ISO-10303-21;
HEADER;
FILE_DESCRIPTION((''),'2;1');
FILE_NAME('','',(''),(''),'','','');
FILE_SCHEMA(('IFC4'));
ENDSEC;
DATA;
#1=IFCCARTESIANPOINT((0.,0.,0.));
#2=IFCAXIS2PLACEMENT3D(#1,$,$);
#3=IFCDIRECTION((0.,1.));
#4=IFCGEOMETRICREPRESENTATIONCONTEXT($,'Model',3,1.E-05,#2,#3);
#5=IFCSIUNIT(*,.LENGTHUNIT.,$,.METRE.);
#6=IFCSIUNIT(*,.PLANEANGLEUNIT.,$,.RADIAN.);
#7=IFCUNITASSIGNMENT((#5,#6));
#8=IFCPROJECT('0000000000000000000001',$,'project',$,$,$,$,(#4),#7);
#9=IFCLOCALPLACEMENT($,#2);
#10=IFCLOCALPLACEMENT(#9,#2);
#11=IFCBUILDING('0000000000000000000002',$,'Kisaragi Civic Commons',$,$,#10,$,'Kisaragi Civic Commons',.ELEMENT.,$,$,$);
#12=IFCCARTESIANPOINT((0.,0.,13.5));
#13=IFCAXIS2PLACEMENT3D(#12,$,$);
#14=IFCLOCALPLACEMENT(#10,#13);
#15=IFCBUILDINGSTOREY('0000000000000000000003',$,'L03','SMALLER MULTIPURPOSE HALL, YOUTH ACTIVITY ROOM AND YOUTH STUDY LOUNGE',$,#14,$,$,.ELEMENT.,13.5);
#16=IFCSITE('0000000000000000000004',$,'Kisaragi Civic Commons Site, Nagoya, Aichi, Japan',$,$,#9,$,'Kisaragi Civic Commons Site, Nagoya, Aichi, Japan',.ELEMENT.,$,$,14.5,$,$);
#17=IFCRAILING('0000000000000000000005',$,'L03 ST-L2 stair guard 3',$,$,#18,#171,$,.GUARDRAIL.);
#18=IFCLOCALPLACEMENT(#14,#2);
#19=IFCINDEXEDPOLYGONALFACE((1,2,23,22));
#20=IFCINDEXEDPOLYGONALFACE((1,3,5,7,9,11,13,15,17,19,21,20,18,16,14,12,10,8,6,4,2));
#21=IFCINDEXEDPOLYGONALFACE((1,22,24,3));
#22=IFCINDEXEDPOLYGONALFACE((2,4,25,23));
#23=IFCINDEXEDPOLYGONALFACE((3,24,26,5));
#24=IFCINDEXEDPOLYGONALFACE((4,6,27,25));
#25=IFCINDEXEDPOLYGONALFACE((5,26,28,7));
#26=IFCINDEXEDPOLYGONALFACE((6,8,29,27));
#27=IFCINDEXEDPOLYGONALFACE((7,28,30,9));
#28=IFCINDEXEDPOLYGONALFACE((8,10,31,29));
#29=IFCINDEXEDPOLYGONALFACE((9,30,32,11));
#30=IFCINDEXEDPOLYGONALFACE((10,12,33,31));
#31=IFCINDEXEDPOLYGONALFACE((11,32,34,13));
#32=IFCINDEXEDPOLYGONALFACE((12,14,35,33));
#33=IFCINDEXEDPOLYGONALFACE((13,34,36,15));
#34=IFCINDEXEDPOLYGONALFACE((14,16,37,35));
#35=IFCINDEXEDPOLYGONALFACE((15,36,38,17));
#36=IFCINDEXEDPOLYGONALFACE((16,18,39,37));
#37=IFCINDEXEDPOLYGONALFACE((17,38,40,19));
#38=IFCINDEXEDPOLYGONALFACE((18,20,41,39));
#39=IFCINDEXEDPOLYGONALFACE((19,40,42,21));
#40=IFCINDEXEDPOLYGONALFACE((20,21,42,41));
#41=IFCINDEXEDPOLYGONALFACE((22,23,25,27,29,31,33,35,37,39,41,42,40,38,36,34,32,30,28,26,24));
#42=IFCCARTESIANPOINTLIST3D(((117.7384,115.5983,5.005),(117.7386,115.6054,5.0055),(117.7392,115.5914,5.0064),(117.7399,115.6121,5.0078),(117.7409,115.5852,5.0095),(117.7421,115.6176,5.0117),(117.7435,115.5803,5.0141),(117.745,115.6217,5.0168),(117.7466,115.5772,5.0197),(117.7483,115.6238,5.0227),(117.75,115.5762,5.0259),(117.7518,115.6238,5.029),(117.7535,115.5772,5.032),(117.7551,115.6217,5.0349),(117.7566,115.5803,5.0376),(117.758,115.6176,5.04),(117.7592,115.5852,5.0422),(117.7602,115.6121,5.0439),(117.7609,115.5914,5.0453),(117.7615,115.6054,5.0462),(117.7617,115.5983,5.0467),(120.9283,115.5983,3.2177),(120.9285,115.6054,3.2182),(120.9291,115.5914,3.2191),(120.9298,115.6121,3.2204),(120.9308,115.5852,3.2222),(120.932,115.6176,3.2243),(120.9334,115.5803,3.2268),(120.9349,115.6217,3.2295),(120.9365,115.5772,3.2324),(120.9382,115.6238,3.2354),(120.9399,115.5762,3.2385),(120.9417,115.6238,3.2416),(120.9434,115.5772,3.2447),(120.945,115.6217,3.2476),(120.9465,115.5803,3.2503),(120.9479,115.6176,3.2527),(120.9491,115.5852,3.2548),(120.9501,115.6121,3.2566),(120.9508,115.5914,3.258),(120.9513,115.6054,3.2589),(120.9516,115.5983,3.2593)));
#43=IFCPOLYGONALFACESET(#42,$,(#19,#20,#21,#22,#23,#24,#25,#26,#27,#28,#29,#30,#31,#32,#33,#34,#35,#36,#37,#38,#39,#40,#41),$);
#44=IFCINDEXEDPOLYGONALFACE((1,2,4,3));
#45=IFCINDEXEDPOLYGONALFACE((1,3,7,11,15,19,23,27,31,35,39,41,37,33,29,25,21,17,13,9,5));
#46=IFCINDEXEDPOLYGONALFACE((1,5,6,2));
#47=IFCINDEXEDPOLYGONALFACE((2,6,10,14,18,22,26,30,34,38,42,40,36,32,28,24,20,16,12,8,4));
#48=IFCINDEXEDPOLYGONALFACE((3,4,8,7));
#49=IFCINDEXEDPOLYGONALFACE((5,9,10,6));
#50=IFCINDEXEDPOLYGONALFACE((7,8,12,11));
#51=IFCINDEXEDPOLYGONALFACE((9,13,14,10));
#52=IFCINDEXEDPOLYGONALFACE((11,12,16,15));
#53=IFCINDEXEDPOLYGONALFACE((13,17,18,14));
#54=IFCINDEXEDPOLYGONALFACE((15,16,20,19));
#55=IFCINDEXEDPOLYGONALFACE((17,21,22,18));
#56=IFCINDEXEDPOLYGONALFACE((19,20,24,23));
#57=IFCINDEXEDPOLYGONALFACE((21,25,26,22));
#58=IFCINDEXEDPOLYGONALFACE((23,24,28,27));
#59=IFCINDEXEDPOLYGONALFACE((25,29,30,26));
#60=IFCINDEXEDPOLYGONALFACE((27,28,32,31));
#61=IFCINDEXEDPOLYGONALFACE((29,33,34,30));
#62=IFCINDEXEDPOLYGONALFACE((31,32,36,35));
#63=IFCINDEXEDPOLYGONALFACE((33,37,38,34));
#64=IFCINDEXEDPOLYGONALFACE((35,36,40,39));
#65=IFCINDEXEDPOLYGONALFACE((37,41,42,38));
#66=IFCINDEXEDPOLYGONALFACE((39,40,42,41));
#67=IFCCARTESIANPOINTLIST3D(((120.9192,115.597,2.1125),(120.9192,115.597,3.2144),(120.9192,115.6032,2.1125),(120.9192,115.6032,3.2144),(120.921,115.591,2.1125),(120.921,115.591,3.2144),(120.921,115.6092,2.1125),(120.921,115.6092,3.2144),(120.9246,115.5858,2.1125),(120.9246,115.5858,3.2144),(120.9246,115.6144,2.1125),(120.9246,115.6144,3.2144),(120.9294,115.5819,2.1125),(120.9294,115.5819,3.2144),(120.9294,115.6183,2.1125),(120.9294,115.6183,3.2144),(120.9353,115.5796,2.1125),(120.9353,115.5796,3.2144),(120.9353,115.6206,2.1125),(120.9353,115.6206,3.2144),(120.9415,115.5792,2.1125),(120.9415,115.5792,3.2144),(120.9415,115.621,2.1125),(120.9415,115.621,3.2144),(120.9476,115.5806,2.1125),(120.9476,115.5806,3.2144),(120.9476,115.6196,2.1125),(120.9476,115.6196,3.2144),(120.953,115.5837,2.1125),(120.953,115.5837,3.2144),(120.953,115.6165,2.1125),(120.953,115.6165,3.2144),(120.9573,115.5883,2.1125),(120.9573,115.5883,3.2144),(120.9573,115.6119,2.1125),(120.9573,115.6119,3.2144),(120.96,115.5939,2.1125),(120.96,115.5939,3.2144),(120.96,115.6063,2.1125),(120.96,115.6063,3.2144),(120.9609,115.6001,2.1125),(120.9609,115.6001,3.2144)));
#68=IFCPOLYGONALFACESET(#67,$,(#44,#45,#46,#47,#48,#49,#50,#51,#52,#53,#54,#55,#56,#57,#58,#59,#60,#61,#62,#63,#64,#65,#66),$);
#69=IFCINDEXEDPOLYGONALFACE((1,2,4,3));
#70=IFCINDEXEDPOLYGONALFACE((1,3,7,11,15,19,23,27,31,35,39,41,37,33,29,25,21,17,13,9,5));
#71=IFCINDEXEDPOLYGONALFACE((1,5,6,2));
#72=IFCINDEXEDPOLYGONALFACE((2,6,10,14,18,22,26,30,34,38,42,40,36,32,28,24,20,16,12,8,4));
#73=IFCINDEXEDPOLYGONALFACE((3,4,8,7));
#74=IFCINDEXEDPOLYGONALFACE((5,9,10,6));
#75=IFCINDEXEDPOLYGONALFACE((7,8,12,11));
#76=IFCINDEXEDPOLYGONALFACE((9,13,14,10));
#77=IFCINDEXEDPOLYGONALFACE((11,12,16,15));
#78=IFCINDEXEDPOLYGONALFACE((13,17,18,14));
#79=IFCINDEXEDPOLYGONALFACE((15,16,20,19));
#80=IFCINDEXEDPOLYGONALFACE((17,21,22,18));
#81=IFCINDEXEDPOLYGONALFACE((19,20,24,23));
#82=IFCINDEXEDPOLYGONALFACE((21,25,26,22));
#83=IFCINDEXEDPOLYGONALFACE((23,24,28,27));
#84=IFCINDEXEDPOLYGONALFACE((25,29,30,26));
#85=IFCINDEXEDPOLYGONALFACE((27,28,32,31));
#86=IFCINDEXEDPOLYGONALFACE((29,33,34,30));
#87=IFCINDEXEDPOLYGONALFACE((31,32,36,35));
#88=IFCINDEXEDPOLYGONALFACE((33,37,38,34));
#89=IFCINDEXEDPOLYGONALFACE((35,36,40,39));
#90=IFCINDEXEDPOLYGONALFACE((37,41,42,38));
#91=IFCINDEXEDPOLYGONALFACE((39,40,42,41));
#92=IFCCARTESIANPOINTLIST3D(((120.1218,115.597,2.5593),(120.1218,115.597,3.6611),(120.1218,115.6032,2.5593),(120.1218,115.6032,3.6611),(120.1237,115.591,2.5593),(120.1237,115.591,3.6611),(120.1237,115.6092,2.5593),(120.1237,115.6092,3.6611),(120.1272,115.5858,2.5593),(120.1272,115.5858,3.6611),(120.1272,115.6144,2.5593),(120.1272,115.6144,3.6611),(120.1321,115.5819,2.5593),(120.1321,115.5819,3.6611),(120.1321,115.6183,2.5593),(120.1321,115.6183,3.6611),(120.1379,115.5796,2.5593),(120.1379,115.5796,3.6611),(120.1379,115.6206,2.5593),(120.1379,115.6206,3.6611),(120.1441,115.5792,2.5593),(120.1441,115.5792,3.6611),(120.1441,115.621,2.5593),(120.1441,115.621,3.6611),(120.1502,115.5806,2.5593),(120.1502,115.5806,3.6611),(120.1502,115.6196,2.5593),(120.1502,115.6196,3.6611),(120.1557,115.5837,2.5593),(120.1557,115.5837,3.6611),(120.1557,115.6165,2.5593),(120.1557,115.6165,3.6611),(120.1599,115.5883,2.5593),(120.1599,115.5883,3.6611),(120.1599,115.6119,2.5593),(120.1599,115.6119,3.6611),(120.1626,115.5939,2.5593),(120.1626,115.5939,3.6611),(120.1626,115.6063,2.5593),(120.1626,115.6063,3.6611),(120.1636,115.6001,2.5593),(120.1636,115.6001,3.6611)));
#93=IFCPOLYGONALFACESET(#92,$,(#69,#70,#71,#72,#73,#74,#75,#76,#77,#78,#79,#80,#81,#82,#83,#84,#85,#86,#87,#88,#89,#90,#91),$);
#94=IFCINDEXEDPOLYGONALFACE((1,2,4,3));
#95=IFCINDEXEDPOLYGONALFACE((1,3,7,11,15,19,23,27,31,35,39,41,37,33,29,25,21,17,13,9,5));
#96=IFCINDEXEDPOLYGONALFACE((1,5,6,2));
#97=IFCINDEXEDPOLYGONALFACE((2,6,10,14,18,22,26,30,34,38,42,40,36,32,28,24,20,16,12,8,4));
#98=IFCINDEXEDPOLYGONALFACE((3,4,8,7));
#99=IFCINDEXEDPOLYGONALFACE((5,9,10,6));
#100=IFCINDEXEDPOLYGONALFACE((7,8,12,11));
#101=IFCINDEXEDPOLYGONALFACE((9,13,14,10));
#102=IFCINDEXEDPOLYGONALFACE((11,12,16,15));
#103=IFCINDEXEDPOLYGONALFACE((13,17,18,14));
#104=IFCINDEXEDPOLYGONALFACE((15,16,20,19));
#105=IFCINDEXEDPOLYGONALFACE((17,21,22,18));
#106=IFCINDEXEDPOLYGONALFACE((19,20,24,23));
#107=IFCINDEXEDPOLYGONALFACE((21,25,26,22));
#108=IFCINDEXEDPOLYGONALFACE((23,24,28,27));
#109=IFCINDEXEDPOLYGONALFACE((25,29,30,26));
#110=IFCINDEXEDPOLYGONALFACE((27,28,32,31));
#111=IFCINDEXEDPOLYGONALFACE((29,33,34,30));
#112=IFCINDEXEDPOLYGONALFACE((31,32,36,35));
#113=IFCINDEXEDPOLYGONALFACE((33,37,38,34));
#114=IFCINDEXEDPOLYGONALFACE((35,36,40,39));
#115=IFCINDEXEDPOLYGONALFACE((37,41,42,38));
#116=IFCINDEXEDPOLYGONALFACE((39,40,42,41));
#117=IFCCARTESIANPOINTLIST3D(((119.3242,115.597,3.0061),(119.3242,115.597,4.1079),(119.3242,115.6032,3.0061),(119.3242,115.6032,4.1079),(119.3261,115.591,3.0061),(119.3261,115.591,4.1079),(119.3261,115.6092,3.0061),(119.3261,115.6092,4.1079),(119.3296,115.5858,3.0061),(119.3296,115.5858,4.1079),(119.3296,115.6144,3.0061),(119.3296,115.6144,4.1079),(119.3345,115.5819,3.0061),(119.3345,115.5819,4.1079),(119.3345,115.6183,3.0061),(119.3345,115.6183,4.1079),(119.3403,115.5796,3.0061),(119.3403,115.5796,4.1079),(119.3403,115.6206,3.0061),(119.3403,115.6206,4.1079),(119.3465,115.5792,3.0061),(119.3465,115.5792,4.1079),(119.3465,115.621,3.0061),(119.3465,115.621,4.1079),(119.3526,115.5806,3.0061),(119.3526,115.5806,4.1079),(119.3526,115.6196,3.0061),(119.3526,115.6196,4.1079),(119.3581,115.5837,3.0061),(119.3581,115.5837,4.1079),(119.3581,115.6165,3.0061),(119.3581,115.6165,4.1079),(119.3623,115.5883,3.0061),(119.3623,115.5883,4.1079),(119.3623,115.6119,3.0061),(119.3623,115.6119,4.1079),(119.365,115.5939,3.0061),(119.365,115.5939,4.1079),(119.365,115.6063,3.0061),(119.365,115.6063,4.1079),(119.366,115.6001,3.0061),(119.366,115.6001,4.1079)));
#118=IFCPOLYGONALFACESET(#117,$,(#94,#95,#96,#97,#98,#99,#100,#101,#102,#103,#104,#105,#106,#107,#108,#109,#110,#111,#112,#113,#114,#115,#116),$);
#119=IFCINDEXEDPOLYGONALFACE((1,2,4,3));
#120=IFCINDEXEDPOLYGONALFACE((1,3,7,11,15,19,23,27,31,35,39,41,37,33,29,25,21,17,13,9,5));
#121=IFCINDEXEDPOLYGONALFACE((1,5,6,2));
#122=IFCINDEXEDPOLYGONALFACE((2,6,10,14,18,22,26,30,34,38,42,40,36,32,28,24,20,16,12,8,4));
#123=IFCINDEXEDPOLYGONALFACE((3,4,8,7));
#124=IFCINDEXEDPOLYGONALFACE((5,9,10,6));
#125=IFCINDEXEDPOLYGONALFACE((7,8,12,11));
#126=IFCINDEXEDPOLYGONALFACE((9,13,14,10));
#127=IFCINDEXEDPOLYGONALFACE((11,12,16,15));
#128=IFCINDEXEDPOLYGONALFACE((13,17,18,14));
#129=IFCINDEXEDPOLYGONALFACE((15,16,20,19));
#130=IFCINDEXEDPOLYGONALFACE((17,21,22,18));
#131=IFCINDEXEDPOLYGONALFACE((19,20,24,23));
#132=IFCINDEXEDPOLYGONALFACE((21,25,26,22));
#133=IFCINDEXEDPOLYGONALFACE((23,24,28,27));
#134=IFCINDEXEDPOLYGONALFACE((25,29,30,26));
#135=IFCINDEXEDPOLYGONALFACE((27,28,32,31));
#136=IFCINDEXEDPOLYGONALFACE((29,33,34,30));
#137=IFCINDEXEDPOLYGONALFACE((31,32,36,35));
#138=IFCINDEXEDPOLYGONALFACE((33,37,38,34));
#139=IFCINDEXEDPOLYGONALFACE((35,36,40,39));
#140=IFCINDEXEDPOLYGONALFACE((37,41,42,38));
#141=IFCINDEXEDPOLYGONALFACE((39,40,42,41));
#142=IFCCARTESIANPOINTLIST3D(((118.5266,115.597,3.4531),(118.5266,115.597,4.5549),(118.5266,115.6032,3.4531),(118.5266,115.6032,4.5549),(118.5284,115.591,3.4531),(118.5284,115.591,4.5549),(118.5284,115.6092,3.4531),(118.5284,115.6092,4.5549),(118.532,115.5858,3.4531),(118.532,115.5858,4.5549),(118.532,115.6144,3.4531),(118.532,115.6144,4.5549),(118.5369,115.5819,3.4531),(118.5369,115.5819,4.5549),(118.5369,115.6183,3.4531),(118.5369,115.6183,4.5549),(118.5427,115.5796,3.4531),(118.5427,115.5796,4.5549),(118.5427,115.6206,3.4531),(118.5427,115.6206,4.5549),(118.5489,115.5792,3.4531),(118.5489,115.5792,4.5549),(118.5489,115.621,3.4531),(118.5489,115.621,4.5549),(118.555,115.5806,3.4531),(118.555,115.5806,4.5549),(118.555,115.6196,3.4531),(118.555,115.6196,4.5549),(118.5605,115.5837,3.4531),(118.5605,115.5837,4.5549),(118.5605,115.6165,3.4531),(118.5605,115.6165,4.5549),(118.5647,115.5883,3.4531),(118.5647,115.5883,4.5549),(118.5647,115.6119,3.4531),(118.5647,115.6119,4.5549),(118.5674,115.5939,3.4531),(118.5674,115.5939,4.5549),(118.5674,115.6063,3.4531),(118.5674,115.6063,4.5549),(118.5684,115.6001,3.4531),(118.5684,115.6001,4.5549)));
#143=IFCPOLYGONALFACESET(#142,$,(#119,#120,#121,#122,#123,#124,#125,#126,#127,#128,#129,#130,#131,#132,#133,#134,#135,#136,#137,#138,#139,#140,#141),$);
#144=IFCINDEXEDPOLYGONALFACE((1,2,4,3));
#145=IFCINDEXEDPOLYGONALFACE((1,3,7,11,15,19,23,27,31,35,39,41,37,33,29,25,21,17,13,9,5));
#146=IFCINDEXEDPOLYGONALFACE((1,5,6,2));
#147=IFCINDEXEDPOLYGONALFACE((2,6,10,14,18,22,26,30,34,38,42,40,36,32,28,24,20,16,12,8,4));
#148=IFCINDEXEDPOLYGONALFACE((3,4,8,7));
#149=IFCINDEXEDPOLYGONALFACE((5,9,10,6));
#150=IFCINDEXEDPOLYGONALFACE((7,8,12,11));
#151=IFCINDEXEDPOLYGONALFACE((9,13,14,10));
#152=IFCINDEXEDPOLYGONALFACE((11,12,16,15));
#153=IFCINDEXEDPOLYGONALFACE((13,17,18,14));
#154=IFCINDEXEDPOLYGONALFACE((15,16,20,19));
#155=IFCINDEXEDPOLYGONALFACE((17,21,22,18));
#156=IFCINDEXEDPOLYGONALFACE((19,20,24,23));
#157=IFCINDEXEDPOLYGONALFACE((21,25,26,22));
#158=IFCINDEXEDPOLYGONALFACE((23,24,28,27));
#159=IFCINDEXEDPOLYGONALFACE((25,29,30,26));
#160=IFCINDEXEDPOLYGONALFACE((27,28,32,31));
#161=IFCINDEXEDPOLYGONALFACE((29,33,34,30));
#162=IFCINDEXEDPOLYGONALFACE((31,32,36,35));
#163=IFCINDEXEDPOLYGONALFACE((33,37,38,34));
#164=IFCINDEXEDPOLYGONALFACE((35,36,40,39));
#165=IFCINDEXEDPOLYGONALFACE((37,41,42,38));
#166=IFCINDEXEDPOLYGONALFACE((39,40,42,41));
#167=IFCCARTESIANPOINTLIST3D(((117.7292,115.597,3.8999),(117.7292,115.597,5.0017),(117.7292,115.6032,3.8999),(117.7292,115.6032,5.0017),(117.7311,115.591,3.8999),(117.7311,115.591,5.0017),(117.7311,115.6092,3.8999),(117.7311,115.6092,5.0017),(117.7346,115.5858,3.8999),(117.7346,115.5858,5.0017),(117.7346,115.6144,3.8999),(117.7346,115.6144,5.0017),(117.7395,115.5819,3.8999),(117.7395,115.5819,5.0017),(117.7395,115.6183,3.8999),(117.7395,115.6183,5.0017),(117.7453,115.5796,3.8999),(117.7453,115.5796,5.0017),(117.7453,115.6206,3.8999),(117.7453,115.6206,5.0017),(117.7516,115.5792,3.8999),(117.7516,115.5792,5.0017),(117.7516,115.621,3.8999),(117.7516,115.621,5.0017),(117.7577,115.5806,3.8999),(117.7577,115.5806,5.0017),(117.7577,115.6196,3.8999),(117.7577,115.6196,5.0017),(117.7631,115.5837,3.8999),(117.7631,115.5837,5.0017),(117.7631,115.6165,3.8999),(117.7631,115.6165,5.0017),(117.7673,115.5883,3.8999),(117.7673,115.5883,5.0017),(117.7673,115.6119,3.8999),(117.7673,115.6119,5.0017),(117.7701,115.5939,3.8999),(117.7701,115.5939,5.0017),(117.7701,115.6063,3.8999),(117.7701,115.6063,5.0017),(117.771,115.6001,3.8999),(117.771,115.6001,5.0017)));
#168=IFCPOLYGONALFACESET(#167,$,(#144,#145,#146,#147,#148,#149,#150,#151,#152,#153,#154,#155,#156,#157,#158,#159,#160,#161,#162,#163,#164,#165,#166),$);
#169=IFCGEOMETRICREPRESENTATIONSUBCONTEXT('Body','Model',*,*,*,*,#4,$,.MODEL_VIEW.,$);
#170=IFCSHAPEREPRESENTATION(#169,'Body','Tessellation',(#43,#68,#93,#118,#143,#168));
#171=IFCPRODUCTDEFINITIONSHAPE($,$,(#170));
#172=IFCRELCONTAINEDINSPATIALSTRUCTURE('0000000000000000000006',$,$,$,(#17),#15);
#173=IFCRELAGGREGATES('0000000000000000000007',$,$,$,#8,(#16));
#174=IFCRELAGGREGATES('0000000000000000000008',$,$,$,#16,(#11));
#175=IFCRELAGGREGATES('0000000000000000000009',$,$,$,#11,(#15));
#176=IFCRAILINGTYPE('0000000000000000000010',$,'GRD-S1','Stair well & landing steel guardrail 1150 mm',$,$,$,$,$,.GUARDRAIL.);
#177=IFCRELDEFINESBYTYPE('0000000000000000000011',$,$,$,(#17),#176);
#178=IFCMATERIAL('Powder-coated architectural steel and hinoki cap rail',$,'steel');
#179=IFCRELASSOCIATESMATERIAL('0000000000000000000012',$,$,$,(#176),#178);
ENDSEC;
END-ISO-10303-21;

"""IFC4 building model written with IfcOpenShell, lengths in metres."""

from ifc_helpers import new_model, si_unit, direction, frame, origin, origin_2d, place, context, subcontext, project, spatial, circle, extrude, material, type_object, element, save


model = new_model("IFC4")

# Units and contexts
model_context = context("Model", 3, precision=1e-05, world=origin(), true_north=direction((0.0, 1.0)))
body_context = subcontext(model_context, "Body", "Model", "MODEL_VIEW")
ifc_project = project(units=[si_unit("LENGTHUNIT", "METRE"), si_unit("PLANEANGLEUNIT", "RADIAN")], contexts=[model_context])

# Site, building, storey
site_placement = place(None, origin())
site = spatial("IfcSite", under=ifc_project, at=site_placement, Name="Kisaragi Civic Commons Site, Nagoya, Aichi, Japan", LongName="Kisaragi Civic Commons Site, Nagoya, Aichi, Japan", CompositionType="ELEMENT", RefElevation=14.5)
building_placement = place(site_placement, origin())
building = spatial("IfcBuilding", under=site, at=building_placement, Name="Kisaragi Civic Commons", LongName="Kisaragi Civic Commons", CompositionType="ELEMENT")
storey_placement = place(building_placement, frame((0.0, 0.0, 13.5)))
storey = spatial("IfcBuildingStorey", under=building, at=storey_placement, Name="L03", Description="SMALLER MULTIPURPOSE HALL, YOUTH ACTIVITY ROOM AND YOUTH STUDY LOUNGE", CompositionType="ELEMENT", Elevation=13.5)

# Railing
ifc_material_1 = material(Name="Powder-coated architectural steel and hinoki cap rail", Category="steel")
railing_type_1 = type_object("IfcRailingType", Name="GRD-S1", Description="Stair well & landing steel guardrail 1150 mm", PredefinedType="GUARDRAIL", material=ifc_material_1)
railing_1_placement = place(storey_placement, frame((120.9399, 115.6001, 2.1125)))
element("IfcRailing", 1, at=railing_1_placement, inside=storey, type_object=railing_type_1, Name="L03 ST-L2 stair guard 3", PredefinedType="GUARDRAIL", context=body_context, shape_type="SweptSolid", body=[
    extrude(circle(Radius=0.0239, at=origin_2d()), frame((0.0, 0.0, 1.126), z_axis=(-0.872391, 0.0, 0.488809), x_axis=(0.0, -1.0, 0.0)), (0.0, 0.0, 1.0), 3.6565),
    extrude(circle(Radius=0.021, at=origin_2d()), origin(), (0.0, 0.0, 1.0), 1.1018),
    extrude(circle(Radius=0.021, at=origin_2d()), frame((-0.7974, 0.0, 0.4468)), (0.0, 0.0, 1.0), 1.1018),
    extrude(circle(Radius=0.021, at=origin_2d()), frame((-1.595, 0.0, 0.8936)), (0.0, 0.0, 1.0), 1.1018),
    extrude(circle(Radius=0.021, at=origin_2d()), frame((-2.3926, 0.0, 1.3406)), (0.0, 0.0, 1.0), 1.1018),
    extrude(circle(Radius=0.021, at=origin_2d()), frame((-3.1899, 0.0, 1.7874)), (0.0, 0.0, 1.0), 1.1018),
])

save(model, "model.ifc")
